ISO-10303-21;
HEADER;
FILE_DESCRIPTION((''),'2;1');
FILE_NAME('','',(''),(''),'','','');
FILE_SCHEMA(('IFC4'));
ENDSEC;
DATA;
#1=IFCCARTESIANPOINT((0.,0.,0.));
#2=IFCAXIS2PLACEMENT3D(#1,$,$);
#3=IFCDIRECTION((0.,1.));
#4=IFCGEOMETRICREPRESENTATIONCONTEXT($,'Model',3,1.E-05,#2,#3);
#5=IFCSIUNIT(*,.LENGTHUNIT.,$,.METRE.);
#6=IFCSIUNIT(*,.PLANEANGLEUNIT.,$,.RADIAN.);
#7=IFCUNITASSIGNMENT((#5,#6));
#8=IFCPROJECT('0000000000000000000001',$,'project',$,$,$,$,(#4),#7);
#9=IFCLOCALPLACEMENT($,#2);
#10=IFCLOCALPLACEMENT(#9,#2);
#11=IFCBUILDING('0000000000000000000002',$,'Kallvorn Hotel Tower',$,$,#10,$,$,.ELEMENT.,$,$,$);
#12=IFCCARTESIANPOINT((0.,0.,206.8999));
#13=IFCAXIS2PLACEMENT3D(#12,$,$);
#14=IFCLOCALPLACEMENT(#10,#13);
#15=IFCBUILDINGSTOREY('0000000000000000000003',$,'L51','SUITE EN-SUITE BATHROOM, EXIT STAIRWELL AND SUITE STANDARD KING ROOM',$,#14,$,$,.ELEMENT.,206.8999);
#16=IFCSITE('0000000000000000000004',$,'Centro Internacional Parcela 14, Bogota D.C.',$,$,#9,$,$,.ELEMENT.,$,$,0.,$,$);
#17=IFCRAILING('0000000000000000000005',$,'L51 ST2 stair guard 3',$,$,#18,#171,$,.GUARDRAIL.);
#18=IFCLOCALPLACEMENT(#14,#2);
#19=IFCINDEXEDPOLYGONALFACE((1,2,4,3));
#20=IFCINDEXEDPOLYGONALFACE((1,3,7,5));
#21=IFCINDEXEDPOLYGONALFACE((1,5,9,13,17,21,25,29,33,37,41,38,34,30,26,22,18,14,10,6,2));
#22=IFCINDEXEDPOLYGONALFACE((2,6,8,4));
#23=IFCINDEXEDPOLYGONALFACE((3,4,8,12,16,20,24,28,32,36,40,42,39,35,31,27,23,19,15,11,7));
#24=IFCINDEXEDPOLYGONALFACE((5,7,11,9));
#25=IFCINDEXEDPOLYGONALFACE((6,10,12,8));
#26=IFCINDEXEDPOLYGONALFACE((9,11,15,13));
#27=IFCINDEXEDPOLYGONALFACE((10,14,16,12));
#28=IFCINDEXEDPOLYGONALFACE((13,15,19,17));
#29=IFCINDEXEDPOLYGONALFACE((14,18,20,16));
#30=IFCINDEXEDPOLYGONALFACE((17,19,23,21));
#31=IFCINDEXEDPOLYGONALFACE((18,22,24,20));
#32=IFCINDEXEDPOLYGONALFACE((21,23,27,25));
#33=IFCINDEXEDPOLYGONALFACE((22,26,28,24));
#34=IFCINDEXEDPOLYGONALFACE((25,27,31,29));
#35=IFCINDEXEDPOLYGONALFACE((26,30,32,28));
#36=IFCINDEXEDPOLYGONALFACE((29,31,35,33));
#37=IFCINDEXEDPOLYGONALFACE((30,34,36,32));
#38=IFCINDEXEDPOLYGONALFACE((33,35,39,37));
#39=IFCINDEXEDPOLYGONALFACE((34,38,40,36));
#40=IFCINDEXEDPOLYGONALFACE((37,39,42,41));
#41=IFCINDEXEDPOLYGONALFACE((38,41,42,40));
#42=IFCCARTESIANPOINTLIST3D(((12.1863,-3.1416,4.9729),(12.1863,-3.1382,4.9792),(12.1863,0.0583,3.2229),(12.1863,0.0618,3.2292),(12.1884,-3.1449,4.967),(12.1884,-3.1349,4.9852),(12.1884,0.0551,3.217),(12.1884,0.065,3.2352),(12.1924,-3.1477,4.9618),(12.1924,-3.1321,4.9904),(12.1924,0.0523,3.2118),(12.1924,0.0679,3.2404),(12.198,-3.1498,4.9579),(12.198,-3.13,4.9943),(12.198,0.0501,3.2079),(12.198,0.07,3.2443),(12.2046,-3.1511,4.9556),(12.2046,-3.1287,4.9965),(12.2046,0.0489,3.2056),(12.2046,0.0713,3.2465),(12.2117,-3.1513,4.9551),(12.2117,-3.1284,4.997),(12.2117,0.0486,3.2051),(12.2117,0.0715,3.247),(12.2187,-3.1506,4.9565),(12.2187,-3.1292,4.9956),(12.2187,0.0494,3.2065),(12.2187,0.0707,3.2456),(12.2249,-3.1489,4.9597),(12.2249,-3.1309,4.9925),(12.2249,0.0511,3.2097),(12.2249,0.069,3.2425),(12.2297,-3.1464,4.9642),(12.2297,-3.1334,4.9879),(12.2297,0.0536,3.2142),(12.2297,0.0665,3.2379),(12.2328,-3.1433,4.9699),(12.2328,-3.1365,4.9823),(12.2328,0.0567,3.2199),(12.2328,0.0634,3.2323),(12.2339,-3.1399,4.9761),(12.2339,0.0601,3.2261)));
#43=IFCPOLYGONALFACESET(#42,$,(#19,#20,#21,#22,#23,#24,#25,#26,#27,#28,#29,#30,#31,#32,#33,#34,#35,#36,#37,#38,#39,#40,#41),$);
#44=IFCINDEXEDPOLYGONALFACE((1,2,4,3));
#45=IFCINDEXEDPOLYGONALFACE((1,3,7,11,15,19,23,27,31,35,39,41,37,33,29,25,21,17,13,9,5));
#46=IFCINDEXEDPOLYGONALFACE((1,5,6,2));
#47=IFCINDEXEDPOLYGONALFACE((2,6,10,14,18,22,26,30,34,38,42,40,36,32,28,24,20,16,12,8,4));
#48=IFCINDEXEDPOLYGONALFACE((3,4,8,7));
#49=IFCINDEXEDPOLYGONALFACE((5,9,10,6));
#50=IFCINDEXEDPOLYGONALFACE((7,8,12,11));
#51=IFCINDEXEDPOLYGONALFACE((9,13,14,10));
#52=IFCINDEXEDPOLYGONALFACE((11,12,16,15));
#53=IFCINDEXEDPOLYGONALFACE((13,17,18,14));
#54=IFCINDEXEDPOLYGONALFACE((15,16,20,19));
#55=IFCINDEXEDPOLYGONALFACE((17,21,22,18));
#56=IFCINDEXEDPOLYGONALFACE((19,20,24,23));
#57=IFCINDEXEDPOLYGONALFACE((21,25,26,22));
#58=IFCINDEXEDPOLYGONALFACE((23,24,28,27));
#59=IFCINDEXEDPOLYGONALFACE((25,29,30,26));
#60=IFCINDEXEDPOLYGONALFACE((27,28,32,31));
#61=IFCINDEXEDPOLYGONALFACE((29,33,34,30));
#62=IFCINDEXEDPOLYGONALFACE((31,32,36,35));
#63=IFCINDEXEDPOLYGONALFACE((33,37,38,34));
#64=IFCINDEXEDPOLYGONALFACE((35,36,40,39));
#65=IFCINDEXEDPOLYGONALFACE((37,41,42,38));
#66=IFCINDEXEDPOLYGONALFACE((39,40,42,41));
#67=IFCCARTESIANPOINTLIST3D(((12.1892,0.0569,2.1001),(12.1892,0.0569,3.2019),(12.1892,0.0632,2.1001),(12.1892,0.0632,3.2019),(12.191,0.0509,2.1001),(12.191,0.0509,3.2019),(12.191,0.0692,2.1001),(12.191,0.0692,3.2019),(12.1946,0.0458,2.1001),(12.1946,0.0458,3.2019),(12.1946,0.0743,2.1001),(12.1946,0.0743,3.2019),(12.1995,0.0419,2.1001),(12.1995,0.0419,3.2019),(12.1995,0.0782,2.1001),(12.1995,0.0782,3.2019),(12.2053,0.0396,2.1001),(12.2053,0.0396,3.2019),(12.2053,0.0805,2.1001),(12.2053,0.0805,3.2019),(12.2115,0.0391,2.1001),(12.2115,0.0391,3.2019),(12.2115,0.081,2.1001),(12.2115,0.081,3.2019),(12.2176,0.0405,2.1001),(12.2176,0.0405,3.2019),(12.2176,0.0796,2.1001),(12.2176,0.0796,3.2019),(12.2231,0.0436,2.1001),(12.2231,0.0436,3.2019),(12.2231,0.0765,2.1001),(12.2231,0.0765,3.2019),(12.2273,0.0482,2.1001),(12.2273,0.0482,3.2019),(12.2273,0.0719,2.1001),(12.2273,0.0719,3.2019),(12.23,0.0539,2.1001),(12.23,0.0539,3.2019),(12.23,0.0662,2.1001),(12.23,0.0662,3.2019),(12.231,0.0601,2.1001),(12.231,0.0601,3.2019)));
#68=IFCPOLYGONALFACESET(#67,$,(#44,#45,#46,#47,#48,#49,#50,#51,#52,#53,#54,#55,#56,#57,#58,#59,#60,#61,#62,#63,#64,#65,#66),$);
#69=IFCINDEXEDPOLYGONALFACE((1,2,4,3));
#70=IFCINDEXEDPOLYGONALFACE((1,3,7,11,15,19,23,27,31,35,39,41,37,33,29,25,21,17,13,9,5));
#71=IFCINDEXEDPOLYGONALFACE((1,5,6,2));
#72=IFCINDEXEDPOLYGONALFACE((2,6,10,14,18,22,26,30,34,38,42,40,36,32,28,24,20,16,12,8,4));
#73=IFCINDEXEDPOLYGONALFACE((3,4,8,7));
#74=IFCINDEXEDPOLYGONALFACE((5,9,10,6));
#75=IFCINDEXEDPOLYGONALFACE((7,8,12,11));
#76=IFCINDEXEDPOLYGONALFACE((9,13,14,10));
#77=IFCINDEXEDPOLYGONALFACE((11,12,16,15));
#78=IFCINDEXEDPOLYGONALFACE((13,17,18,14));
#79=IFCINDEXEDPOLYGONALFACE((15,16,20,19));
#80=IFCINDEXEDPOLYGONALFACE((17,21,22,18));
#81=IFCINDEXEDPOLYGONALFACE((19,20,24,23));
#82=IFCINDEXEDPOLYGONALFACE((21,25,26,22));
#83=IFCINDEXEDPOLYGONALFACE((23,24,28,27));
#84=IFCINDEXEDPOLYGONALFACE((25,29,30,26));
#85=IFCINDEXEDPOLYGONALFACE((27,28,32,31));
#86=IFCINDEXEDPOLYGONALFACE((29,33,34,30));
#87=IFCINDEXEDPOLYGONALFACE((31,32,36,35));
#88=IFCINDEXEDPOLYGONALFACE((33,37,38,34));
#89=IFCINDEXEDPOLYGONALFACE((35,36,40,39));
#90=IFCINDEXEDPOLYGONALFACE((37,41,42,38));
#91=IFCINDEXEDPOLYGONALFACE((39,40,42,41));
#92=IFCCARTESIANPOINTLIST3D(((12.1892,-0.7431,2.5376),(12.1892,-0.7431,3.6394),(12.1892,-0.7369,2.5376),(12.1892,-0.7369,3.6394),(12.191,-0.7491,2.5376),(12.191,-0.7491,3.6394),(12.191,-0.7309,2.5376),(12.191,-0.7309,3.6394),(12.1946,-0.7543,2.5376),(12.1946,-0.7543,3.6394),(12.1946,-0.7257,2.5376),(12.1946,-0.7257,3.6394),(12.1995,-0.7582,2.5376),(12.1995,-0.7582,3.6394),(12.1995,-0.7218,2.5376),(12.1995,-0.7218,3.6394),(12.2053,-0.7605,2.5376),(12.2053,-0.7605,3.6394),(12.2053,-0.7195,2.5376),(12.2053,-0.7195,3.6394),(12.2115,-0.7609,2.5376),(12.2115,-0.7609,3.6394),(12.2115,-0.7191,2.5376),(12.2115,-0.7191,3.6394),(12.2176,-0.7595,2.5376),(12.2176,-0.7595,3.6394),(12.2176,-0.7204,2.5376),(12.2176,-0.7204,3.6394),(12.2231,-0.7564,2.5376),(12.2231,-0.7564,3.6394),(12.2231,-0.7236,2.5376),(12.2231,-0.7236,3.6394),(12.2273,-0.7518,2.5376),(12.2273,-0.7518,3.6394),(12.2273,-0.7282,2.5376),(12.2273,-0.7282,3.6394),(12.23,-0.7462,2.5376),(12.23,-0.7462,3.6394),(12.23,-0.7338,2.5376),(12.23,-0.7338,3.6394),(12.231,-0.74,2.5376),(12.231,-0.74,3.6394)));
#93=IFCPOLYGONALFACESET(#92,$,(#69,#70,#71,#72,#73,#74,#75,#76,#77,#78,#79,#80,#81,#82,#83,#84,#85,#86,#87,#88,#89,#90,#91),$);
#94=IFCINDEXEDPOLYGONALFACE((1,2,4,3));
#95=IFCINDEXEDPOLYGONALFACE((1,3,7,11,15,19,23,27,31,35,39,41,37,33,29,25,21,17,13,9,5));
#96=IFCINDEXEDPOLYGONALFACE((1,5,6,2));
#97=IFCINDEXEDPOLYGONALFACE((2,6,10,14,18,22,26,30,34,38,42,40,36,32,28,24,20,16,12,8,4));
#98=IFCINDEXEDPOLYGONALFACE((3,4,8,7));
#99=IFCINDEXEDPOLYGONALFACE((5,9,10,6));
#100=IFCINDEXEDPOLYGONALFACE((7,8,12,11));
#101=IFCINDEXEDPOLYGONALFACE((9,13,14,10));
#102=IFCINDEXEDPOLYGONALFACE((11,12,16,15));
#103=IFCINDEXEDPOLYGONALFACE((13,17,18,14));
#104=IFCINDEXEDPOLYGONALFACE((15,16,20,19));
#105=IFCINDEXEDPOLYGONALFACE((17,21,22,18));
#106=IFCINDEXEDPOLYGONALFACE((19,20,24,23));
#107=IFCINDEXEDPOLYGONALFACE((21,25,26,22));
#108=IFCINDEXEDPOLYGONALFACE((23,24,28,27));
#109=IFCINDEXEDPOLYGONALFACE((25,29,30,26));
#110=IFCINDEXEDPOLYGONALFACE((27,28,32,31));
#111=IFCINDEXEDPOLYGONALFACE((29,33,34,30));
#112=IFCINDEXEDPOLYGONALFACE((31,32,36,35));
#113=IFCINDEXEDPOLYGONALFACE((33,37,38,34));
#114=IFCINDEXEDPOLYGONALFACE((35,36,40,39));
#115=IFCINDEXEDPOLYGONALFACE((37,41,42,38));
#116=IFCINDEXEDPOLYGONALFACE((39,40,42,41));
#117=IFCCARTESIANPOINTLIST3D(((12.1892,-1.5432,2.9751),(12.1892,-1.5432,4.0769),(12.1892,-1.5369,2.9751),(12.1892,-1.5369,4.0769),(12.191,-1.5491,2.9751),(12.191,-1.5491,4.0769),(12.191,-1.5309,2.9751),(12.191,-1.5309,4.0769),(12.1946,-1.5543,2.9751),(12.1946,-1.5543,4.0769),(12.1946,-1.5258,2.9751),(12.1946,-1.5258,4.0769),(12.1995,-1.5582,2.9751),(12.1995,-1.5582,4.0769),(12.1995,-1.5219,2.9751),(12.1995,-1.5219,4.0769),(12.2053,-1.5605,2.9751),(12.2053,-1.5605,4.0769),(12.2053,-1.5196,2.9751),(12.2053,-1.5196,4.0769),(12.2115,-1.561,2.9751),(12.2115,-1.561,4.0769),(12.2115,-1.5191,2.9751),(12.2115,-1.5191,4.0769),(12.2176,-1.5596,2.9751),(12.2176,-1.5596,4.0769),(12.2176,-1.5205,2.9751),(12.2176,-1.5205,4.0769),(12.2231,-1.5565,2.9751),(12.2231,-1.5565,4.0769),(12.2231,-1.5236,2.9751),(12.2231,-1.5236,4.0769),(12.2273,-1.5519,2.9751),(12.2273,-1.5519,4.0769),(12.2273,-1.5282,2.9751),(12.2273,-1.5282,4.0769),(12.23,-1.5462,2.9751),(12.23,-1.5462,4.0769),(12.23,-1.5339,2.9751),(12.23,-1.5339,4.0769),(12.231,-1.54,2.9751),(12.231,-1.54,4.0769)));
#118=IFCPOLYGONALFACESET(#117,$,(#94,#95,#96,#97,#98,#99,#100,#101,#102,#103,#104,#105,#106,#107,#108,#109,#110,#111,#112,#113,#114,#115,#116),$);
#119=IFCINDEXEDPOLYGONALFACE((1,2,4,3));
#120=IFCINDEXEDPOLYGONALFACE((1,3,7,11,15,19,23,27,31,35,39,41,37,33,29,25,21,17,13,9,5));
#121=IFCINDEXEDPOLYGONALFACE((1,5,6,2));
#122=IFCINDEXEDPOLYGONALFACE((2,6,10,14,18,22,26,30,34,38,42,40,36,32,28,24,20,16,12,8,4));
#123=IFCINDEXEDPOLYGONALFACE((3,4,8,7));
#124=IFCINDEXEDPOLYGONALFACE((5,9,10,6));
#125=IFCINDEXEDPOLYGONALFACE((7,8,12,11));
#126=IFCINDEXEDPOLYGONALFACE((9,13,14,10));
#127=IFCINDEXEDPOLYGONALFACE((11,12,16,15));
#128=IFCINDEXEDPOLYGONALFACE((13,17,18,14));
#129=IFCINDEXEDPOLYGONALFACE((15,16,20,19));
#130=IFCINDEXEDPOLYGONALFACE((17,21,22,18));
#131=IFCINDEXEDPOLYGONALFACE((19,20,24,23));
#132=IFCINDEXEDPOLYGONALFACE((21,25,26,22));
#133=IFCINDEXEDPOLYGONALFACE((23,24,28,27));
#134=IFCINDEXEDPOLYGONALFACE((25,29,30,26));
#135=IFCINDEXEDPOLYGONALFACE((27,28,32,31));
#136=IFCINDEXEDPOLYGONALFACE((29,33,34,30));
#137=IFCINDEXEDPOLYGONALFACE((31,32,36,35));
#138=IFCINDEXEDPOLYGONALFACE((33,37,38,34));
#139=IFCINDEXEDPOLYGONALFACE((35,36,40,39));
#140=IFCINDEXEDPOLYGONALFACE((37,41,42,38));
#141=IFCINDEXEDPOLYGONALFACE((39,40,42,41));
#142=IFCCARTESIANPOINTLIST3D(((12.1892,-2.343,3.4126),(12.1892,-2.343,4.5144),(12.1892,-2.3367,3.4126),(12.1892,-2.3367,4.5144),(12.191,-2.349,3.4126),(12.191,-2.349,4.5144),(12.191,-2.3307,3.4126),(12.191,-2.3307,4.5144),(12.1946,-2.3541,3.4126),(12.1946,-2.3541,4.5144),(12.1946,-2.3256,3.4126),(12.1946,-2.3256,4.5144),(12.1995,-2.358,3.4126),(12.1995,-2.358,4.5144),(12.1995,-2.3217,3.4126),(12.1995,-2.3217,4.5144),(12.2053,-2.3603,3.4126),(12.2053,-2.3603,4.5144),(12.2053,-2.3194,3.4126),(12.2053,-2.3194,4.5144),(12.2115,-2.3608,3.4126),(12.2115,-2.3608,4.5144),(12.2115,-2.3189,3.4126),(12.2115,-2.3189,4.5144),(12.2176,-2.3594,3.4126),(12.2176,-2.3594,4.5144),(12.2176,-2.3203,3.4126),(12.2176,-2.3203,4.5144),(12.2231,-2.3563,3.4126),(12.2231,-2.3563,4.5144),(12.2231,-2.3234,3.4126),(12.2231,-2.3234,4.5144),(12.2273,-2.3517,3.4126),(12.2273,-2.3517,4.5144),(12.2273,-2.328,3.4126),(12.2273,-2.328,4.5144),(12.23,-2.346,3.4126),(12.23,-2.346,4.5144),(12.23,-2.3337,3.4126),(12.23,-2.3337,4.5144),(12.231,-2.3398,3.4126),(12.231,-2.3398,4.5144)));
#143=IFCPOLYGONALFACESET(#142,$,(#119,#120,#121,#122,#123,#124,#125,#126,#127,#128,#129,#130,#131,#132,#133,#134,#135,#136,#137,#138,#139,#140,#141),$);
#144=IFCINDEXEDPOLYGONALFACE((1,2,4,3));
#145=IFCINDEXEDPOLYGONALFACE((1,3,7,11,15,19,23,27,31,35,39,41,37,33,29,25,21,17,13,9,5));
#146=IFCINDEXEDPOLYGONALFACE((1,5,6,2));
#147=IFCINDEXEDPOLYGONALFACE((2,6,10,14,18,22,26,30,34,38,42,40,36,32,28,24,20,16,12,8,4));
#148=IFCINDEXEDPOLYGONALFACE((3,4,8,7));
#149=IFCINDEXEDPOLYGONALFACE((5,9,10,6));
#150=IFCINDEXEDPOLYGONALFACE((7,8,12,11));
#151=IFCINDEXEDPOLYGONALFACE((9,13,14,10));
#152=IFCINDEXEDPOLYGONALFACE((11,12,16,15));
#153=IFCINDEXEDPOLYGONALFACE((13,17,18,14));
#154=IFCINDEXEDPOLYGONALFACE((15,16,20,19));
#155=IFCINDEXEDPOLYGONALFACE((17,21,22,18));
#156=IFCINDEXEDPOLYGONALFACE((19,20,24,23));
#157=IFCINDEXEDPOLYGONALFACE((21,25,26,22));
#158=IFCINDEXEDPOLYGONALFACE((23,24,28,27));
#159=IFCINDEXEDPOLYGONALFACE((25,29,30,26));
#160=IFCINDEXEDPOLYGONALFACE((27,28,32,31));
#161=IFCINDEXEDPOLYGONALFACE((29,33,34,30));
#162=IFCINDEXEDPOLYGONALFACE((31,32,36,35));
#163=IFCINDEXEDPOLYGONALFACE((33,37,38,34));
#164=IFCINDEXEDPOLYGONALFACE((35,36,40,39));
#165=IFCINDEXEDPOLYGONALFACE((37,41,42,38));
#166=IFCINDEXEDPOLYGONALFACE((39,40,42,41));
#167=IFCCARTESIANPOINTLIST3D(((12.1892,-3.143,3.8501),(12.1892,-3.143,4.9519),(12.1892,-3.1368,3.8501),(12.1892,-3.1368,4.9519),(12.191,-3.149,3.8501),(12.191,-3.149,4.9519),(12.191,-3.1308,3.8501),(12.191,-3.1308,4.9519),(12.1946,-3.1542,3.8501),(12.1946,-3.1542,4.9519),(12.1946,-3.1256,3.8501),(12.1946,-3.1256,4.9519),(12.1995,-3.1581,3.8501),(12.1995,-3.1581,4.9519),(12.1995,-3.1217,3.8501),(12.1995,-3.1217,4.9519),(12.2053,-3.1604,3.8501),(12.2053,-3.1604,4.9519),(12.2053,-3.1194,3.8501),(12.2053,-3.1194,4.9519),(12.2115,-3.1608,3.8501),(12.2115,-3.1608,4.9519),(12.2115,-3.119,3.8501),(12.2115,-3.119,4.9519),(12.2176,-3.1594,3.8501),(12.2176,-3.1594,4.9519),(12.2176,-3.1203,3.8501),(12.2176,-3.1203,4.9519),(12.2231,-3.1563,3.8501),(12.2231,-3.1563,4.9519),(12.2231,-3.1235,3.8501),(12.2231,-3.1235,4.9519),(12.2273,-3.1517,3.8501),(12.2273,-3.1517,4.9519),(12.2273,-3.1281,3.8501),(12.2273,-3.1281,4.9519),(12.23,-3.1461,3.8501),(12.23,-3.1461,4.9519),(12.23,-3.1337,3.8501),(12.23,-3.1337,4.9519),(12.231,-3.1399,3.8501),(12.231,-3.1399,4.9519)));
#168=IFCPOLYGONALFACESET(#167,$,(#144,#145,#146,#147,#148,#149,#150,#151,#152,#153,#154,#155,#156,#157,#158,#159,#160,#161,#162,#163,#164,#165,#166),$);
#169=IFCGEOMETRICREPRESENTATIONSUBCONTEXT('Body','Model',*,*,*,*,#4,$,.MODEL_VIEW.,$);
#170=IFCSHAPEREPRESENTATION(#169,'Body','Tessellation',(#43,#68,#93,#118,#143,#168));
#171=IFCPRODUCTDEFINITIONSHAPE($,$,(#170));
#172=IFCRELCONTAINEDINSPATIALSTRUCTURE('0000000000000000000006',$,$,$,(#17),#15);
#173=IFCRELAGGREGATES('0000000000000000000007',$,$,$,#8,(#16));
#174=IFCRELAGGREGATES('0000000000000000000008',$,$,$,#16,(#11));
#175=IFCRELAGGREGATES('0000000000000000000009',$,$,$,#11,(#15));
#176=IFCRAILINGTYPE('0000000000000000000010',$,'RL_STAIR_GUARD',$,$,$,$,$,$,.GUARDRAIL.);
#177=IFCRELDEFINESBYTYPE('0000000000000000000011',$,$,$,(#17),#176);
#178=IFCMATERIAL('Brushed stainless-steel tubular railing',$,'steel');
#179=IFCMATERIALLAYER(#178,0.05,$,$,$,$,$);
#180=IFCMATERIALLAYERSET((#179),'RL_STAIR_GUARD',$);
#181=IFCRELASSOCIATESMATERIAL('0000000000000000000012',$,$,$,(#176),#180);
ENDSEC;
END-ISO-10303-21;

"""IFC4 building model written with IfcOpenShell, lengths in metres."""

from ifc_helpers import new_model, si_unit, direction, frame, origin, origin_2d, place, context, subcontext, project, spatial, circle, extrude, material, layer, layer_set, type_object, element, save


model = new_model("IFC4")

# Units and contexts
model_context = context("Model", 3, precision=1e-05, world=origin(), true_north=direction((0.0, 1.0)))
body_context = subcontext(model_context, "Body", "Model", "MODEL_VIEW")
ifc_project = project(units=[si_unit("LENGTHUNIT", "METRE"), si_unit("PLANEANGLEUNIT", "RADIAN")], contexts=[model_context])

# Site, building, storey
site_placement = place(None, origin())
site = spatial("IfcSite", under=ifc_project, at=site_placement, Name="Centro Internacional Parcela 14, Bogota D.C.", CompositionType="ELEMENT", RefElevation=0.0)
building_placement = place(site_placement, origin())
building = spatial("IfcBuilding", under=site, at=building_placement, Name="Kallvorn Hotel Tower", CompositionType="ELEMENT")
storey_placement = place(building_placement, frame((0.0, 0.0, 206.8999)))
storey = spatial("IfcBuildingStorey", under=building, at=storey_placement, Name="L51", Description="SUITE EN-SUITE BATHROOM, EXIT STAIRWELL AND SUITE STANDARD KING ROOM", CompositionType="ELEMENT", Elevation=206.8999)

# Railing
ifc_material_1 = material(Name="Brushed stainless-steel tubular railing", Category="steel")
ifc_layer_1 = layer(ifc_material_1, 0.05)
ifc_layer_set_1 = layer_set([ifc_layer_1], Name="RL_STAIR_GUARD")
railing_type_1 = type_object("IfcRailingType", Name="RL_STAIR_GUARD", PredefinedType="GUARDRAIL", material=ifc_layer_set_1)
railing_1_placement = place(storey_placement, frame((12.21, 0.0601, 2.1001)))
element("IfcRailing", 1, at=railing_1_placement, inside=storey, type_object=railing_type_1, Name="L51 ST2 stair guard 3", PredefinedType="GUARDRAIL", context=body_context, shape_type="SweptSolid", body=[
    extrude(circle(Radius=0.0239, at=origin_2d()), frame((0.0, 0.0, 1.126), z_axis=(0.0, -0.877368, 0.479818), x_axis=(1.0, 0.0, 0.0)), (0.0, 0.0, 1.0), 3.6472),
    extrude(circle(Radius=0.021, at=origin_2d()), origin(), (0.0, 0.0, 1.0), 1.1018),
    extrude(circle(Radius=0.021, at=origin_2d()), frame((0.0, -0.8, 0.4375)), (0.0, 0.0, 1.0), 1.1018),
    extrude(circle(Radius=0.021, at=origin_2d()), frame((0.0, -1.6001, 0.875)), (0.0, 0.0, 1.0), 1.1018),
    extrude(circle(Radius=0.021, at=origin_2d()), frame((0.0, -2.3999, 1.3125)), (0.0, 0.0, 1.0), 1.1018),
    extrude(circle(Radius=0.021, at=origin_2d()), frame((0.0, -3.2, 1.75)), (0.0, 0.0, 1.0), 1.1018),
])

save(model, "model.ifc")
